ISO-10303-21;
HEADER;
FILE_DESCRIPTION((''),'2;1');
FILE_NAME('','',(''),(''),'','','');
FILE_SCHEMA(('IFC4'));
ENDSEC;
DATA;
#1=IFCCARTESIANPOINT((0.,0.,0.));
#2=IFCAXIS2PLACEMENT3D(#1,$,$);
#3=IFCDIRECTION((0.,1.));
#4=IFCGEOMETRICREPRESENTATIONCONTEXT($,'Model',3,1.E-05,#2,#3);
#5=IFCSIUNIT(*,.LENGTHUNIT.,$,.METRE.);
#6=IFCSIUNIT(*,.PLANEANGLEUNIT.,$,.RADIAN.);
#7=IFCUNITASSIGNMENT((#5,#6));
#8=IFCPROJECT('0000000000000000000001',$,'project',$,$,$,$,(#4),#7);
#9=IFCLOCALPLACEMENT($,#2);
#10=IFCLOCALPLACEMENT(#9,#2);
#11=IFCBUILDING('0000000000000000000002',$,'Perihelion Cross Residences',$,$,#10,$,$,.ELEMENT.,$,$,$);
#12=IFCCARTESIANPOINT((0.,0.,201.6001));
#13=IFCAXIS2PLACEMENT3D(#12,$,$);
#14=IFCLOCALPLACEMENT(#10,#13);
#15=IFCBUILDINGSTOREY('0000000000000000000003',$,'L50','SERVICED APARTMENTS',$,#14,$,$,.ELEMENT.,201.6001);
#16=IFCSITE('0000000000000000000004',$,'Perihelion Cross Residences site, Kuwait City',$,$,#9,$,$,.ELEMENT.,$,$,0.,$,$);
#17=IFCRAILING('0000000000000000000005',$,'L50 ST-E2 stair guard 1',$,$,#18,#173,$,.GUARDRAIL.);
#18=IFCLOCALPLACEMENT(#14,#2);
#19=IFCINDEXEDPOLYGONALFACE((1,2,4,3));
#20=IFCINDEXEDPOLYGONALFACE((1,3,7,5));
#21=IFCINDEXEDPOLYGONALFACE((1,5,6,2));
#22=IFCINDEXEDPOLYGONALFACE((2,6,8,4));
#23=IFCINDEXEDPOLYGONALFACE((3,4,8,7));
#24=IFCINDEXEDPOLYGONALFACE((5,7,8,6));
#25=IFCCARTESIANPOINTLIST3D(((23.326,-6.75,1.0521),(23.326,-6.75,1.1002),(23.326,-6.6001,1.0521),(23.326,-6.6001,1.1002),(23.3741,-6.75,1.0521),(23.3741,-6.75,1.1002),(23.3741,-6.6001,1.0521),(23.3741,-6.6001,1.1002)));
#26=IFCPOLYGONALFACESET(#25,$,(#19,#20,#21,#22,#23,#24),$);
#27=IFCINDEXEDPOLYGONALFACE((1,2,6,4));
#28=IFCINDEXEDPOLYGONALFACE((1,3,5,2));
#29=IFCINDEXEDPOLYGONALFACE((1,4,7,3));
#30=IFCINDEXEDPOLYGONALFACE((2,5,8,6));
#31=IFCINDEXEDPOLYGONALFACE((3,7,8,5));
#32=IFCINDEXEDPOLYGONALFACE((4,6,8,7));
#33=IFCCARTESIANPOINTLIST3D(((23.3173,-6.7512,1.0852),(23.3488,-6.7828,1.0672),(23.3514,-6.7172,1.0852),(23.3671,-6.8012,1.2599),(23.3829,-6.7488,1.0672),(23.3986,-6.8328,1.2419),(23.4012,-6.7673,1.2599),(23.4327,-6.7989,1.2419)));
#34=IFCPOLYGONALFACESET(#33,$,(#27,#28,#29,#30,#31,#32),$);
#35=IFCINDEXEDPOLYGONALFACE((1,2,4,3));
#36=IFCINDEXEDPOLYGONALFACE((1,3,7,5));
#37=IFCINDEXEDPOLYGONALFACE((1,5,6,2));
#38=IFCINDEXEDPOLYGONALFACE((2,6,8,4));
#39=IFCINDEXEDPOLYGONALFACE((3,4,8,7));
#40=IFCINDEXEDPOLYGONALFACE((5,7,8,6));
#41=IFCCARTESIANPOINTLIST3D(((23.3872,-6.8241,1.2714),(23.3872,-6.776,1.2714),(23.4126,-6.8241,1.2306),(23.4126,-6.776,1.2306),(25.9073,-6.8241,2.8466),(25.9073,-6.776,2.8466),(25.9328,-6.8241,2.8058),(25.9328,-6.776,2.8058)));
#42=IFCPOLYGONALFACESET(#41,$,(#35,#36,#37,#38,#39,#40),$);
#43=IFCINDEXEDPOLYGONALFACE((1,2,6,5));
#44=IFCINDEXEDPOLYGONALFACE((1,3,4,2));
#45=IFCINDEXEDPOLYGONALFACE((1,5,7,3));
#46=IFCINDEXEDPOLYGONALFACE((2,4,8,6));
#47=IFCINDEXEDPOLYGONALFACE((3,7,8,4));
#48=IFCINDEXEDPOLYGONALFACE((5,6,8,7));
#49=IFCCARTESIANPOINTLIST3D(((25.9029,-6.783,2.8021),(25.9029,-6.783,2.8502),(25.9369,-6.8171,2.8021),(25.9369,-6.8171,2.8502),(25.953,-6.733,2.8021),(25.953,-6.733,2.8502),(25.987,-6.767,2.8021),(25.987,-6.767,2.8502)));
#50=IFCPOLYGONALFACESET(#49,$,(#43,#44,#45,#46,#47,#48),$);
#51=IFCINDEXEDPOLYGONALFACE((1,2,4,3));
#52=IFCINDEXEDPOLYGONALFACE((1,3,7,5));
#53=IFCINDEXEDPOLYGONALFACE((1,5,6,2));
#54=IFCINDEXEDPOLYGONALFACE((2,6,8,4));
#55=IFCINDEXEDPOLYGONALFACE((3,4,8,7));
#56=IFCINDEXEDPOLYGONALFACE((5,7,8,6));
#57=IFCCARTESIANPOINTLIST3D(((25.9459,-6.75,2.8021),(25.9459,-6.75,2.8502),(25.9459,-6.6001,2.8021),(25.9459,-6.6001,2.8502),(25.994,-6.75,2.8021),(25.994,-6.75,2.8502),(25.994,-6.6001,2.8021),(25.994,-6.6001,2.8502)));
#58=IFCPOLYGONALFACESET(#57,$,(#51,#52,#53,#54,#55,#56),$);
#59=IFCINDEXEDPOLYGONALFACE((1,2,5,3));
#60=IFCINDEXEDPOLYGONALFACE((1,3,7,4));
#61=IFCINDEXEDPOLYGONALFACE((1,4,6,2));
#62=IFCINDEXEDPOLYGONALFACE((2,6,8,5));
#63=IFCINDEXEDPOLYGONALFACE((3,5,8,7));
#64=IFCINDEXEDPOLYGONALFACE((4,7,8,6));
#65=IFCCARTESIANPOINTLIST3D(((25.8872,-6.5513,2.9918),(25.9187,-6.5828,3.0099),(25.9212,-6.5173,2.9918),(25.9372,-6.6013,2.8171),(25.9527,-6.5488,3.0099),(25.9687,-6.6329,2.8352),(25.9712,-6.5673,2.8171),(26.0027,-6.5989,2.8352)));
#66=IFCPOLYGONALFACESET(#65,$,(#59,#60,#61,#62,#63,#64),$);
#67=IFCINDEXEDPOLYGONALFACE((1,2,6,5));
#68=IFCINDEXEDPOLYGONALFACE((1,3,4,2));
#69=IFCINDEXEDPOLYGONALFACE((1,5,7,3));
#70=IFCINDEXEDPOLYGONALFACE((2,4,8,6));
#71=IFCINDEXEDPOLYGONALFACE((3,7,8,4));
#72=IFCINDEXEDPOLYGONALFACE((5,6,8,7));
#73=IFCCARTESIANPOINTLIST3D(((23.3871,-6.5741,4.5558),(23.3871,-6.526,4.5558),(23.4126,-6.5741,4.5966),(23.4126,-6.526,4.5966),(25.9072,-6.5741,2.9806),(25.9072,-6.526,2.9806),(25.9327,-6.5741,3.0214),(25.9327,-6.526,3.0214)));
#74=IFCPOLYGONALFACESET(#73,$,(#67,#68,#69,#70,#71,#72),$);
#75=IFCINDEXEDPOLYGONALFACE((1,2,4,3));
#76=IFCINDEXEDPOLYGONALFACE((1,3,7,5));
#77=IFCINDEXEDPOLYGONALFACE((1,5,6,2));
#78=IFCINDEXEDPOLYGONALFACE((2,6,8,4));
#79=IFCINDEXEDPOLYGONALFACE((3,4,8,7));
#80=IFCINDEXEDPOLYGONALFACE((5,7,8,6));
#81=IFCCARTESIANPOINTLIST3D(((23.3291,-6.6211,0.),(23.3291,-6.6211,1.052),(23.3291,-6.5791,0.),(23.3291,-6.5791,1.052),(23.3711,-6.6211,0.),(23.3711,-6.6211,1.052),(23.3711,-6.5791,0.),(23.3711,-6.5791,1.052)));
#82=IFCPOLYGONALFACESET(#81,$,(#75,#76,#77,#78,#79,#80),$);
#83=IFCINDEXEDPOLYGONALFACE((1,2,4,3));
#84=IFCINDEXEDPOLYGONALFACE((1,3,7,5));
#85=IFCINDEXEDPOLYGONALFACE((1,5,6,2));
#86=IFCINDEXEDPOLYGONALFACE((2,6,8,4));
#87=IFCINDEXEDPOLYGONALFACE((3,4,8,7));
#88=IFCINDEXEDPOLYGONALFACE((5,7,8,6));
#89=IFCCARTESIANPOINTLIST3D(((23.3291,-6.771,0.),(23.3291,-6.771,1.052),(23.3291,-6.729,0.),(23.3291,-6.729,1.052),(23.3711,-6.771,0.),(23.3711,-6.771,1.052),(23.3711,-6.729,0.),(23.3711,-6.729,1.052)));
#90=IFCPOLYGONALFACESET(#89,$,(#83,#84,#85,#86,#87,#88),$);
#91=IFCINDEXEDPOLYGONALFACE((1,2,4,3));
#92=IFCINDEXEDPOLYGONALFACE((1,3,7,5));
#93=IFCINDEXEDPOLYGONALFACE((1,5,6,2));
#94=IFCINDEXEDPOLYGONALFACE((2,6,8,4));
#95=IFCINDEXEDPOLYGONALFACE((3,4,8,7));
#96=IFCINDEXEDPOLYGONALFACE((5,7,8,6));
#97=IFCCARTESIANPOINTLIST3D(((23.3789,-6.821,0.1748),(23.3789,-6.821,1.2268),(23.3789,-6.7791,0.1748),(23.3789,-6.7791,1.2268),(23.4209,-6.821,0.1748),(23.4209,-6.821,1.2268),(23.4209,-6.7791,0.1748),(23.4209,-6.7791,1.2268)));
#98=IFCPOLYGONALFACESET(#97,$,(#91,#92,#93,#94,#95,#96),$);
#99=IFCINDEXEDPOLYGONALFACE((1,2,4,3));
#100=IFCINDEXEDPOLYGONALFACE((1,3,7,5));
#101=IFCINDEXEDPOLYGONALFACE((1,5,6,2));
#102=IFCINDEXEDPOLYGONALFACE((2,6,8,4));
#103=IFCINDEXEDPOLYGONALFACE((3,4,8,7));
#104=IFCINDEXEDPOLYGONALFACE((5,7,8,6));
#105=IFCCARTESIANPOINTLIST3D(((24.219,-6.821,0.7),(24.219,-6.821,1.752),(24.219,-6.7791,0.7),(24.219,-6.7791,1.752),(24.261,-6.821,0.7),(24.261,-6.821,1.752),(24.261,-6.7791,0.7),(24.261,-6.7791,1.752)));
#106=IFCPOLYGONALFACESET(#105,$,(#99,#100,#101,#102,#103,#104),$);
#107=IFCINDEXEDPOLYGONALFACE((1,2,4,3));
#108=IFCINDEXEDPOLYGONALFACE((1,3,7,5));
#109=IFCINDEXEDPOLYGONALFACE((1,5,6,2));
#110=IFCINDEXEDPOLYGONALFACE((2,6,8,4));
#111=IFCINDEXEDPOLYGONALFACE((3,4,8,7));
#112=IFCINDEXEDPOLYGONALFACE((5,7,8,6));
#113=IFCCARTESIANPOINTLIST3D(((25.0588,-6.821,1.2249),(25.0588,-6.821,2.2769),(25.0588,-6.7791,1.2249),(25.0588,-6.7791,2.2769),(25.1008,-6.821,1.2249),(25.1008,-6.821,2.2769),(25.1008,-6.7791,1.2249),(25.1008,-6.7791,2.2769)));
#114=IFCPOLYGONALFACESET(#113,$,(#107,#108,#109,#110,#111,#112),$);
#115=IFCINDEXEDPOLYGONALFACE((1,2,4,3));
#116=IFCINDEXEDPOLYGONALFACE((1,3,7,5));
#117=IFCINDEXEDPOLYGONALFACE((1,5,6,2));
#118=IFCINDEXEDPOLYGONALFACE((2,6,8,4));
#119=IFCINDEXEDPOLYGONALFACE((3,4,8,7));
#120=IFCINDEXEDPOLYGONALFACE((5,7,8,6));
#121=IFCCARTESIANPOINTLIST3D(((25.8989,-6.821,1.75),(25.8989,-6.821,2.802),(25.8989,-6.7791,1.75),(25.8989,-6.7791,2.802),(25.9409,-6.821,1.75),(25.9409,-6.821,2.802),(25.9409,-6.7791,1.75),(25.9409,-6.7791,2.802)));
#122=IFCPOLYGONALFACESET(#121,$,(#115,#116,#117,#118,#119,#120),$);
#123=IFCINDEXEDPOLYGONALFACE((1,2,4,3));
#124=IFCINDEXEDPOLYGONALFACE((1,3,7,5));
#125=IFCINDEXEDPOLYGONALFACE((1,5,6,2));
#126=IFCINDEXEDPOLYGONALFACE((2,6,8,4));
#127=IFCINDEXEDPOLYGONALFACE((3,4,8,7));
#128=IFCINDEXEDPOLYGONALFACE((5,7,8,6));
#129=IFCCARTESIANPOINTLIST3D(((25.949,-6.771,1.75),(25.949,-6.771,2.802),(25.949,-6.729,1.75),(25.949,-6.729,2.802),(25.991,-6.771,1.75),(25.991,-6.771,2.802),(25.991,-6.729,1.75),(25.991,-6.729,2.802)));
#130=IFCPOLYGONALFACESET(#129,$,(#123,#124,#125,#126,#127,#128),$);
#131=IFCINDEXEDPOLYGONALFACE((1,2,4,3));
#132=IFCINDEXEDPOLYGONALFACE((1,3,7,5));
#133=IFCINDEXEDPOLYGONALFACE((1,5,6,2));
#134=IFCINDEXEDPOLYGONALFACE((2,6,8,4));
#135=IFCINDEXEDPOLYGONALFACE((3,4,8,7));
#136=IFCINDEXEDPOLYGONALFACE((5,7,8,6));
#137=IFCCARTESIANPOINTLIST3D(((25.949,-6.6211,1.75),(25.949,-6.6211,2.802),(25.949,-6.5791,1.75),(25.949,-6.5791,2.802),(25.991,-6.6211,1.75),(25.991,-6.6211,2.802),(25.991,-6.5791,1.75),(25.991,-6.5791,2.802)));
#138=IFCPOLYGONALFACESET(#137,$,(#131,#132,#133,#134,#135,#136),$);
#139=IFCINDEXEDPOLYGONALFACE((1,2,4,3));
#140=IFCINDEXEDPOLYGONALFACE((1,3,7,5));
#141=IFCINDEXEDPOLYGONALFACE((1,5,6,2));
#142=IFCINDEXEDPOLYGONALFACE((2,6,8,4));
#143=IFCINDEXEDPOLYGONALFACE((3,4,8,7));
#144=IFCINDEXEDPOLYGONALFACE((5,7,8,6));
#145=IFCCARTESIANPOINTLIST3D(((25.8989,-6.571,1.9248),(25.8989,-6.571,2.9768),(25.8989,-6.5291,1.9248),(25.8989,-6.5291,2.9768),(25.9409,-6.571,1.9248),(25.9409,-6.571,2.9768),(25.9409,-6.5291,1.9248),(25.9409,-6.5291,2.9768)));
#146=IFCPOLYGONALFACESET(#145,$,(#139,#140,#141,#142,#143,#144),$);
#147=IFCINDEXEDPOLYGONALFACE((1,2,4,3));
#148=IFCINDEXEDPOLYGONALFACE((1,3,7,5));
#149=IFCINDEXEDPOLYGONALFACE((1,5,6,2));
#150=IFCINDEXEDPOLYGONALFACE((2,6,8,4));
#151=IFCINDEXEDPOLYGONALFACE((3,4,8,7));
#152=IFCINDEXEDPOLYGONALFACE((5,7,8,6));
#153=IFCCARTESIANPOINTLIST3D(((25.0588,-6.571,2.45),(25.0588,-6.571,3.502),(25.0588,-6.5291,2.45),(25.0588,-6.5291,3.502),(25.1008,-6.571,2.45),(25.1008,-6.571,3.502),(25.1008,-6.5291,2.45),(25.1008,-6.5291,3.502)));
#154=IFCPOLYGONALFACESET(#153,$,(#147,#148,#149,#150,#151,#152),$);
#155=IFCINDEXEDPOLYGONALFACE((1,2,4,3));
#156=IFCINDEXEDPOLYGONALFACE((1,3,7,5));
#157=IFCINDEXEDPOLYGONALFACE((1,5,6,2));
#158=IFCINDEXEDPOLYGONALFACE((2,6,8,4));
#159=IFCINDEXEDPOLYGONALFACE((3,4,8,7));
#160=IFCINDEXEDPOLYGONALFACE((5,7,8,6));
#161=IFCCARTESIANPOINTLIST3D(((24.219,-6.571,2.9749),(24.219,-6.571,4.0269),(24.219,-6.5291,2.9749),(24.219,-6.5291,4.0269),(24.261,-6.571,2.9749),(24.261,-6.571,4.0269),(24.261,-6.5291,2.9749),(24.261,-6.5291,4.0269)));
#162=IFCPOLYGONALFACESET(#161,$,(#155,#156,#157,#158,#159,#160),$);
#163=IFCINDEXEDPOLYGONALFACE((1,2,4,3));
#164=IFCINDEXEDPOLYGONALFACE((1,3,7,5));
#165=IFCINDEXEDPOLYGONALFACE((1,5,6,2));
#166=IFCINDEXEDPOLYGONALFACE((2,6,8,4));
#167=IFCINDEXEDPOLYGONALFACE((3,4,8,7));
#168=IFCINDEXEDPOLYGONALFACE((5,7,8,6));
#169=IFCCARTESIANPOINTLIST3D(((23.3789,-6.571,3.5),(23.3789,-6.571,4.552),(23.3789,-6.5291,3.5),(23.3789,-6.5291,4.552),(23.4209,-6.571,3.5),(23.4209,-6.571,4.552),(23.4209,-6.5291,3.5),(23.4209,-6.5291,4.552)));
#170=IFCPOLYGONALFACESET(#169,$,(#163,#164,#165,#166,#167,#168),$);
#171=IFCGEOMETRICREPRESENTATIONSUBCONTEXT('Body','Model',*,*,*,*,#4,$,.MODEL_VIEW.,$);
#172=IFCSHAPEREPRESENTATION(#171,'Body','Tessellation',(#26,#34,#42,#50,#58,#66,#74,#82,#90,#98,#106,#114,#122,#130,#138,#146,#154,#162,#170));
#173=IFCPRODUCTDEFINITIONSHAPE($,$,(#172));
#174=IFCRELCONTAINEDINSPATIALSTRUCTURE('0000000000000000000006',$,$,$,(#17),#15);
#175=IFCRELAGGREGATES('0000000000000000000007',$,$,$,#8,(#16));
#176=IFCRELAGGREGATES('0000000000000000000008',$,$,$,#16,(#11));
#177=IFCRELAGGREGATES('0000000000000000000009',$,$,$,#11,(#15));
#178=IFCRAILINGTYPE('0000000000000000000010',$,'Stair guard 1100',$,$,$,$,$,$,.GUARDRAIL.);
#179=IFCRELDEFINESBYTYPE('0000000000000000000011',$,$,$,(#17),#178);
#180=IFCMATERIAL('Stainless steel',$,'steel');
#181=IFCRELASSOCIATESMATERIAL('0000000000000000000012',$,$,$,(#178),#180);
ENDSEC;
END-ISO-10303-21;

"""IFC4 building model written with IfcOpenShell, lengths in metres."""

from ifc_helpers import new_model, si_unit, direction, frame, origin, origin_2d, place, context, subcontext, project, spatial, rectangle, extrude, material, type_object, element, save


model = new_model("IFC4")

# Units and contexts
model_context = context("Model", 3, precision=1e-05, world=origin(), true_north=direction((0.0, 1.0)))
body_context = subcontext(model_context, "Body", "Model", "MODEL_VIEW")
ifc_project = project(units=[si_unit("LENGTHUNIT", "METRE"), si_unit("PLANEANGLEUNIT", "RADIAN")], contexts=[model_context])

# Site, building, storey
site_placement = place(None, origin())
site = spatial("IfcSite", under=ifc_project, at=site_placement, Name="Perihelion Cross Residences site, Kuwait City", CompositionType="ELEMENT", RefElevation=0.0)
building_placement = place(site_placement, origin())
building = spatial("IfcBuilding", under=site, at=building_placement, Name="Perihelion Cross Residences", CompositionType="ELEMENT")
storey_placement = place(building_placement, frame((0.0, 0.0, 201.6001)))
storey = spatial("IfcBuildingStorey", under=building, at=storey_placement, Name="L50", Description="SERVICED APARTMENTS", CompositionType="ELEMENT", Elevation=201.6001)

# Railing
ifc_material_1 = material(Name="Stainless steel", Category="steel")
railing_type_1 = type_object("IfcRailingType", Name="Stair guard 1100", PredefinedType="GUARDRAIL", material=ifc_material_1)
railing_1_placement = place(storey_placement, frame((23.3501, -6.6001, 0.0)))
element("IfcRailing", 1, at=railing_1_placement, inside=storey, type_object=railing_type_1, Name="L50 ST-E2 stair guard 1", PredefinedType="GUARDRAIL", context=body_context, shape_type="SweptSolid", body=[
    extrude(rectangle(XDim=0.0481, YDim=0.0481, at=origin_2d()), frame((0.0, 0.0, 1.0762), z_axis=(0.0, -1.0, 0.0), x_axis=(1.0, 0.0, 0.0)), (0.0, 0.0, 1.0), 0.1499),
    extrude(rectangle(XDim=0.0481, YDim=0.0481, at=origin_2d()), frame((0.0, -0.1499, 1.0762), z_axis=(0.264179, -0.265474, 0.927218), x_axis=(0.708834, 0.705376, 0.0)), (0.0, 0.0, 1.0), 0.1885),
    extrude(rectangle(XDim=0.0481, YDim=0.0481, at=origin_2d()), frame((0.0498, -0.2, 1.251), z_axis=(0.847971, 0.0, 0.530043), x_axis=(0.0, 1.0, 0.0)), (0.0, 0.0, 1.0), 2.9719),
    extrude(rectangle(XDim=0.0481, YDim=0.0481, at=origin_2d()), frame((2.5698, -0.2, 2.8262), z_axis=(0.707107, 0.707107, 0.0), x_axis=(-0.707107, 0.707107, 0.0)), (0.0, 0.0, 1.0), 0.0708),
    extrude(rectangle(XDim=0.0481, YDim=0.0481, at=origin_2d()), frame((2.6199, -0.1499, 2.8262), z_axis=(0.0, 1.0, 0.0), x_axis=(-1.0, 0.0, 0.0)), (0.0, 0.0, 1.0), 0.1499),
    extrude(rectangle(XDim=0.0481, YDim=0.0481, at=origin_2d()), frame((2.6199, 0.0, 2.8262), z_axis=(-0.265383, 0.265383, 0.9269), x_axis=(-0.707107, -0.707107, 0.0)), (0.0, 0.0, 1.0), 0.1885),
    extrude(rectangle(XDim=0.0481, YDim=0.0481, at=origin_2d()), frame((2.5698, 0.05, 3.001), z_axis=(-0.847971, 0.0, 0.530043), x_axis=(0.0, -1.0, 0.0)), (0.0, 0.0, 1.0), 2.9719),
    extrude(rectangle(XDim=0.042, YDim=0.042, at=origin_2d()), origin(), (0.0, 0.0, 1.0), 1.052),
    extrude(rectangle(XDim=0.042, YDim=0.042, at=origin_2d()), frame((0.0, -0.1499, 0.0)), (0.0, 0.0, 1.0), 1.052),
    extrude(rectangle(XDim=0.042, YDim=0.042, at=origin_2d()), frame((0.0498, -0.2, 0.1748)), (0.0, 0.0, 1.0), 1.052),
    extrude(rectangle(XDim=0.042, YDim=0.042, at=origin_2d()), frame((0.8899, -0.2, 0.7)), (0.0, 0.0, 1.0), 1.052),
    extrude(rectangle(XDim=0.042, YDim=0.042, at=origin_2d()), frame((1.7297, -0.2, 1.2249)), (0.0, 0.0, 1.0), 1.052),
    extrude(rectangle(XDim=0.042, YDim=0.042, at=origin_2d()), frame((2.5698, -0.2, 1.75)), (0.0, 0.0, 1.0), 1.052),
    extrude(rectangle(XDim=0.042, YDim=0.042, at=origin_2d()), frame((2.6199, -0.1499, 1.75)), (0.0, 0.0, 1.0), 1.052),
    extrude(rectangle(XDim=0.042, YDim=0.042, at=origin_2d()), frame((2.6199, 0.0, 1.75)), (0.0, 0.0, 1.0), 1.052),
    extrude(rectangle(XDim=0.042, YDim=0.042, at=origin_2d()), frame((2.5698, 0.05, 1.9248)), (0.0, 0.0, 1.0), 1.052),
    extrude(rectangle(XDim=0.042, YDim=0.042, at=origin_2d()), frame((1.7297, 0.05, 2.45)), (0.0, 0.0, 1.0), 1.052),
    extrude(rectangle(XDim=0.042, YDim=0.042, at=origin_2d()), frame((0.8899, 0.05, 2.9749)), (0.0, 0.0, 1.0), 1.052),
    extrude(rectangle(XDim=0.042, YDim=0.042, at=origin_2d()), frame((0.0498, 0.05, 3.5)), (0.0, 0.0, 1.0), 1.052),
])

save(model, "model.ifc")
